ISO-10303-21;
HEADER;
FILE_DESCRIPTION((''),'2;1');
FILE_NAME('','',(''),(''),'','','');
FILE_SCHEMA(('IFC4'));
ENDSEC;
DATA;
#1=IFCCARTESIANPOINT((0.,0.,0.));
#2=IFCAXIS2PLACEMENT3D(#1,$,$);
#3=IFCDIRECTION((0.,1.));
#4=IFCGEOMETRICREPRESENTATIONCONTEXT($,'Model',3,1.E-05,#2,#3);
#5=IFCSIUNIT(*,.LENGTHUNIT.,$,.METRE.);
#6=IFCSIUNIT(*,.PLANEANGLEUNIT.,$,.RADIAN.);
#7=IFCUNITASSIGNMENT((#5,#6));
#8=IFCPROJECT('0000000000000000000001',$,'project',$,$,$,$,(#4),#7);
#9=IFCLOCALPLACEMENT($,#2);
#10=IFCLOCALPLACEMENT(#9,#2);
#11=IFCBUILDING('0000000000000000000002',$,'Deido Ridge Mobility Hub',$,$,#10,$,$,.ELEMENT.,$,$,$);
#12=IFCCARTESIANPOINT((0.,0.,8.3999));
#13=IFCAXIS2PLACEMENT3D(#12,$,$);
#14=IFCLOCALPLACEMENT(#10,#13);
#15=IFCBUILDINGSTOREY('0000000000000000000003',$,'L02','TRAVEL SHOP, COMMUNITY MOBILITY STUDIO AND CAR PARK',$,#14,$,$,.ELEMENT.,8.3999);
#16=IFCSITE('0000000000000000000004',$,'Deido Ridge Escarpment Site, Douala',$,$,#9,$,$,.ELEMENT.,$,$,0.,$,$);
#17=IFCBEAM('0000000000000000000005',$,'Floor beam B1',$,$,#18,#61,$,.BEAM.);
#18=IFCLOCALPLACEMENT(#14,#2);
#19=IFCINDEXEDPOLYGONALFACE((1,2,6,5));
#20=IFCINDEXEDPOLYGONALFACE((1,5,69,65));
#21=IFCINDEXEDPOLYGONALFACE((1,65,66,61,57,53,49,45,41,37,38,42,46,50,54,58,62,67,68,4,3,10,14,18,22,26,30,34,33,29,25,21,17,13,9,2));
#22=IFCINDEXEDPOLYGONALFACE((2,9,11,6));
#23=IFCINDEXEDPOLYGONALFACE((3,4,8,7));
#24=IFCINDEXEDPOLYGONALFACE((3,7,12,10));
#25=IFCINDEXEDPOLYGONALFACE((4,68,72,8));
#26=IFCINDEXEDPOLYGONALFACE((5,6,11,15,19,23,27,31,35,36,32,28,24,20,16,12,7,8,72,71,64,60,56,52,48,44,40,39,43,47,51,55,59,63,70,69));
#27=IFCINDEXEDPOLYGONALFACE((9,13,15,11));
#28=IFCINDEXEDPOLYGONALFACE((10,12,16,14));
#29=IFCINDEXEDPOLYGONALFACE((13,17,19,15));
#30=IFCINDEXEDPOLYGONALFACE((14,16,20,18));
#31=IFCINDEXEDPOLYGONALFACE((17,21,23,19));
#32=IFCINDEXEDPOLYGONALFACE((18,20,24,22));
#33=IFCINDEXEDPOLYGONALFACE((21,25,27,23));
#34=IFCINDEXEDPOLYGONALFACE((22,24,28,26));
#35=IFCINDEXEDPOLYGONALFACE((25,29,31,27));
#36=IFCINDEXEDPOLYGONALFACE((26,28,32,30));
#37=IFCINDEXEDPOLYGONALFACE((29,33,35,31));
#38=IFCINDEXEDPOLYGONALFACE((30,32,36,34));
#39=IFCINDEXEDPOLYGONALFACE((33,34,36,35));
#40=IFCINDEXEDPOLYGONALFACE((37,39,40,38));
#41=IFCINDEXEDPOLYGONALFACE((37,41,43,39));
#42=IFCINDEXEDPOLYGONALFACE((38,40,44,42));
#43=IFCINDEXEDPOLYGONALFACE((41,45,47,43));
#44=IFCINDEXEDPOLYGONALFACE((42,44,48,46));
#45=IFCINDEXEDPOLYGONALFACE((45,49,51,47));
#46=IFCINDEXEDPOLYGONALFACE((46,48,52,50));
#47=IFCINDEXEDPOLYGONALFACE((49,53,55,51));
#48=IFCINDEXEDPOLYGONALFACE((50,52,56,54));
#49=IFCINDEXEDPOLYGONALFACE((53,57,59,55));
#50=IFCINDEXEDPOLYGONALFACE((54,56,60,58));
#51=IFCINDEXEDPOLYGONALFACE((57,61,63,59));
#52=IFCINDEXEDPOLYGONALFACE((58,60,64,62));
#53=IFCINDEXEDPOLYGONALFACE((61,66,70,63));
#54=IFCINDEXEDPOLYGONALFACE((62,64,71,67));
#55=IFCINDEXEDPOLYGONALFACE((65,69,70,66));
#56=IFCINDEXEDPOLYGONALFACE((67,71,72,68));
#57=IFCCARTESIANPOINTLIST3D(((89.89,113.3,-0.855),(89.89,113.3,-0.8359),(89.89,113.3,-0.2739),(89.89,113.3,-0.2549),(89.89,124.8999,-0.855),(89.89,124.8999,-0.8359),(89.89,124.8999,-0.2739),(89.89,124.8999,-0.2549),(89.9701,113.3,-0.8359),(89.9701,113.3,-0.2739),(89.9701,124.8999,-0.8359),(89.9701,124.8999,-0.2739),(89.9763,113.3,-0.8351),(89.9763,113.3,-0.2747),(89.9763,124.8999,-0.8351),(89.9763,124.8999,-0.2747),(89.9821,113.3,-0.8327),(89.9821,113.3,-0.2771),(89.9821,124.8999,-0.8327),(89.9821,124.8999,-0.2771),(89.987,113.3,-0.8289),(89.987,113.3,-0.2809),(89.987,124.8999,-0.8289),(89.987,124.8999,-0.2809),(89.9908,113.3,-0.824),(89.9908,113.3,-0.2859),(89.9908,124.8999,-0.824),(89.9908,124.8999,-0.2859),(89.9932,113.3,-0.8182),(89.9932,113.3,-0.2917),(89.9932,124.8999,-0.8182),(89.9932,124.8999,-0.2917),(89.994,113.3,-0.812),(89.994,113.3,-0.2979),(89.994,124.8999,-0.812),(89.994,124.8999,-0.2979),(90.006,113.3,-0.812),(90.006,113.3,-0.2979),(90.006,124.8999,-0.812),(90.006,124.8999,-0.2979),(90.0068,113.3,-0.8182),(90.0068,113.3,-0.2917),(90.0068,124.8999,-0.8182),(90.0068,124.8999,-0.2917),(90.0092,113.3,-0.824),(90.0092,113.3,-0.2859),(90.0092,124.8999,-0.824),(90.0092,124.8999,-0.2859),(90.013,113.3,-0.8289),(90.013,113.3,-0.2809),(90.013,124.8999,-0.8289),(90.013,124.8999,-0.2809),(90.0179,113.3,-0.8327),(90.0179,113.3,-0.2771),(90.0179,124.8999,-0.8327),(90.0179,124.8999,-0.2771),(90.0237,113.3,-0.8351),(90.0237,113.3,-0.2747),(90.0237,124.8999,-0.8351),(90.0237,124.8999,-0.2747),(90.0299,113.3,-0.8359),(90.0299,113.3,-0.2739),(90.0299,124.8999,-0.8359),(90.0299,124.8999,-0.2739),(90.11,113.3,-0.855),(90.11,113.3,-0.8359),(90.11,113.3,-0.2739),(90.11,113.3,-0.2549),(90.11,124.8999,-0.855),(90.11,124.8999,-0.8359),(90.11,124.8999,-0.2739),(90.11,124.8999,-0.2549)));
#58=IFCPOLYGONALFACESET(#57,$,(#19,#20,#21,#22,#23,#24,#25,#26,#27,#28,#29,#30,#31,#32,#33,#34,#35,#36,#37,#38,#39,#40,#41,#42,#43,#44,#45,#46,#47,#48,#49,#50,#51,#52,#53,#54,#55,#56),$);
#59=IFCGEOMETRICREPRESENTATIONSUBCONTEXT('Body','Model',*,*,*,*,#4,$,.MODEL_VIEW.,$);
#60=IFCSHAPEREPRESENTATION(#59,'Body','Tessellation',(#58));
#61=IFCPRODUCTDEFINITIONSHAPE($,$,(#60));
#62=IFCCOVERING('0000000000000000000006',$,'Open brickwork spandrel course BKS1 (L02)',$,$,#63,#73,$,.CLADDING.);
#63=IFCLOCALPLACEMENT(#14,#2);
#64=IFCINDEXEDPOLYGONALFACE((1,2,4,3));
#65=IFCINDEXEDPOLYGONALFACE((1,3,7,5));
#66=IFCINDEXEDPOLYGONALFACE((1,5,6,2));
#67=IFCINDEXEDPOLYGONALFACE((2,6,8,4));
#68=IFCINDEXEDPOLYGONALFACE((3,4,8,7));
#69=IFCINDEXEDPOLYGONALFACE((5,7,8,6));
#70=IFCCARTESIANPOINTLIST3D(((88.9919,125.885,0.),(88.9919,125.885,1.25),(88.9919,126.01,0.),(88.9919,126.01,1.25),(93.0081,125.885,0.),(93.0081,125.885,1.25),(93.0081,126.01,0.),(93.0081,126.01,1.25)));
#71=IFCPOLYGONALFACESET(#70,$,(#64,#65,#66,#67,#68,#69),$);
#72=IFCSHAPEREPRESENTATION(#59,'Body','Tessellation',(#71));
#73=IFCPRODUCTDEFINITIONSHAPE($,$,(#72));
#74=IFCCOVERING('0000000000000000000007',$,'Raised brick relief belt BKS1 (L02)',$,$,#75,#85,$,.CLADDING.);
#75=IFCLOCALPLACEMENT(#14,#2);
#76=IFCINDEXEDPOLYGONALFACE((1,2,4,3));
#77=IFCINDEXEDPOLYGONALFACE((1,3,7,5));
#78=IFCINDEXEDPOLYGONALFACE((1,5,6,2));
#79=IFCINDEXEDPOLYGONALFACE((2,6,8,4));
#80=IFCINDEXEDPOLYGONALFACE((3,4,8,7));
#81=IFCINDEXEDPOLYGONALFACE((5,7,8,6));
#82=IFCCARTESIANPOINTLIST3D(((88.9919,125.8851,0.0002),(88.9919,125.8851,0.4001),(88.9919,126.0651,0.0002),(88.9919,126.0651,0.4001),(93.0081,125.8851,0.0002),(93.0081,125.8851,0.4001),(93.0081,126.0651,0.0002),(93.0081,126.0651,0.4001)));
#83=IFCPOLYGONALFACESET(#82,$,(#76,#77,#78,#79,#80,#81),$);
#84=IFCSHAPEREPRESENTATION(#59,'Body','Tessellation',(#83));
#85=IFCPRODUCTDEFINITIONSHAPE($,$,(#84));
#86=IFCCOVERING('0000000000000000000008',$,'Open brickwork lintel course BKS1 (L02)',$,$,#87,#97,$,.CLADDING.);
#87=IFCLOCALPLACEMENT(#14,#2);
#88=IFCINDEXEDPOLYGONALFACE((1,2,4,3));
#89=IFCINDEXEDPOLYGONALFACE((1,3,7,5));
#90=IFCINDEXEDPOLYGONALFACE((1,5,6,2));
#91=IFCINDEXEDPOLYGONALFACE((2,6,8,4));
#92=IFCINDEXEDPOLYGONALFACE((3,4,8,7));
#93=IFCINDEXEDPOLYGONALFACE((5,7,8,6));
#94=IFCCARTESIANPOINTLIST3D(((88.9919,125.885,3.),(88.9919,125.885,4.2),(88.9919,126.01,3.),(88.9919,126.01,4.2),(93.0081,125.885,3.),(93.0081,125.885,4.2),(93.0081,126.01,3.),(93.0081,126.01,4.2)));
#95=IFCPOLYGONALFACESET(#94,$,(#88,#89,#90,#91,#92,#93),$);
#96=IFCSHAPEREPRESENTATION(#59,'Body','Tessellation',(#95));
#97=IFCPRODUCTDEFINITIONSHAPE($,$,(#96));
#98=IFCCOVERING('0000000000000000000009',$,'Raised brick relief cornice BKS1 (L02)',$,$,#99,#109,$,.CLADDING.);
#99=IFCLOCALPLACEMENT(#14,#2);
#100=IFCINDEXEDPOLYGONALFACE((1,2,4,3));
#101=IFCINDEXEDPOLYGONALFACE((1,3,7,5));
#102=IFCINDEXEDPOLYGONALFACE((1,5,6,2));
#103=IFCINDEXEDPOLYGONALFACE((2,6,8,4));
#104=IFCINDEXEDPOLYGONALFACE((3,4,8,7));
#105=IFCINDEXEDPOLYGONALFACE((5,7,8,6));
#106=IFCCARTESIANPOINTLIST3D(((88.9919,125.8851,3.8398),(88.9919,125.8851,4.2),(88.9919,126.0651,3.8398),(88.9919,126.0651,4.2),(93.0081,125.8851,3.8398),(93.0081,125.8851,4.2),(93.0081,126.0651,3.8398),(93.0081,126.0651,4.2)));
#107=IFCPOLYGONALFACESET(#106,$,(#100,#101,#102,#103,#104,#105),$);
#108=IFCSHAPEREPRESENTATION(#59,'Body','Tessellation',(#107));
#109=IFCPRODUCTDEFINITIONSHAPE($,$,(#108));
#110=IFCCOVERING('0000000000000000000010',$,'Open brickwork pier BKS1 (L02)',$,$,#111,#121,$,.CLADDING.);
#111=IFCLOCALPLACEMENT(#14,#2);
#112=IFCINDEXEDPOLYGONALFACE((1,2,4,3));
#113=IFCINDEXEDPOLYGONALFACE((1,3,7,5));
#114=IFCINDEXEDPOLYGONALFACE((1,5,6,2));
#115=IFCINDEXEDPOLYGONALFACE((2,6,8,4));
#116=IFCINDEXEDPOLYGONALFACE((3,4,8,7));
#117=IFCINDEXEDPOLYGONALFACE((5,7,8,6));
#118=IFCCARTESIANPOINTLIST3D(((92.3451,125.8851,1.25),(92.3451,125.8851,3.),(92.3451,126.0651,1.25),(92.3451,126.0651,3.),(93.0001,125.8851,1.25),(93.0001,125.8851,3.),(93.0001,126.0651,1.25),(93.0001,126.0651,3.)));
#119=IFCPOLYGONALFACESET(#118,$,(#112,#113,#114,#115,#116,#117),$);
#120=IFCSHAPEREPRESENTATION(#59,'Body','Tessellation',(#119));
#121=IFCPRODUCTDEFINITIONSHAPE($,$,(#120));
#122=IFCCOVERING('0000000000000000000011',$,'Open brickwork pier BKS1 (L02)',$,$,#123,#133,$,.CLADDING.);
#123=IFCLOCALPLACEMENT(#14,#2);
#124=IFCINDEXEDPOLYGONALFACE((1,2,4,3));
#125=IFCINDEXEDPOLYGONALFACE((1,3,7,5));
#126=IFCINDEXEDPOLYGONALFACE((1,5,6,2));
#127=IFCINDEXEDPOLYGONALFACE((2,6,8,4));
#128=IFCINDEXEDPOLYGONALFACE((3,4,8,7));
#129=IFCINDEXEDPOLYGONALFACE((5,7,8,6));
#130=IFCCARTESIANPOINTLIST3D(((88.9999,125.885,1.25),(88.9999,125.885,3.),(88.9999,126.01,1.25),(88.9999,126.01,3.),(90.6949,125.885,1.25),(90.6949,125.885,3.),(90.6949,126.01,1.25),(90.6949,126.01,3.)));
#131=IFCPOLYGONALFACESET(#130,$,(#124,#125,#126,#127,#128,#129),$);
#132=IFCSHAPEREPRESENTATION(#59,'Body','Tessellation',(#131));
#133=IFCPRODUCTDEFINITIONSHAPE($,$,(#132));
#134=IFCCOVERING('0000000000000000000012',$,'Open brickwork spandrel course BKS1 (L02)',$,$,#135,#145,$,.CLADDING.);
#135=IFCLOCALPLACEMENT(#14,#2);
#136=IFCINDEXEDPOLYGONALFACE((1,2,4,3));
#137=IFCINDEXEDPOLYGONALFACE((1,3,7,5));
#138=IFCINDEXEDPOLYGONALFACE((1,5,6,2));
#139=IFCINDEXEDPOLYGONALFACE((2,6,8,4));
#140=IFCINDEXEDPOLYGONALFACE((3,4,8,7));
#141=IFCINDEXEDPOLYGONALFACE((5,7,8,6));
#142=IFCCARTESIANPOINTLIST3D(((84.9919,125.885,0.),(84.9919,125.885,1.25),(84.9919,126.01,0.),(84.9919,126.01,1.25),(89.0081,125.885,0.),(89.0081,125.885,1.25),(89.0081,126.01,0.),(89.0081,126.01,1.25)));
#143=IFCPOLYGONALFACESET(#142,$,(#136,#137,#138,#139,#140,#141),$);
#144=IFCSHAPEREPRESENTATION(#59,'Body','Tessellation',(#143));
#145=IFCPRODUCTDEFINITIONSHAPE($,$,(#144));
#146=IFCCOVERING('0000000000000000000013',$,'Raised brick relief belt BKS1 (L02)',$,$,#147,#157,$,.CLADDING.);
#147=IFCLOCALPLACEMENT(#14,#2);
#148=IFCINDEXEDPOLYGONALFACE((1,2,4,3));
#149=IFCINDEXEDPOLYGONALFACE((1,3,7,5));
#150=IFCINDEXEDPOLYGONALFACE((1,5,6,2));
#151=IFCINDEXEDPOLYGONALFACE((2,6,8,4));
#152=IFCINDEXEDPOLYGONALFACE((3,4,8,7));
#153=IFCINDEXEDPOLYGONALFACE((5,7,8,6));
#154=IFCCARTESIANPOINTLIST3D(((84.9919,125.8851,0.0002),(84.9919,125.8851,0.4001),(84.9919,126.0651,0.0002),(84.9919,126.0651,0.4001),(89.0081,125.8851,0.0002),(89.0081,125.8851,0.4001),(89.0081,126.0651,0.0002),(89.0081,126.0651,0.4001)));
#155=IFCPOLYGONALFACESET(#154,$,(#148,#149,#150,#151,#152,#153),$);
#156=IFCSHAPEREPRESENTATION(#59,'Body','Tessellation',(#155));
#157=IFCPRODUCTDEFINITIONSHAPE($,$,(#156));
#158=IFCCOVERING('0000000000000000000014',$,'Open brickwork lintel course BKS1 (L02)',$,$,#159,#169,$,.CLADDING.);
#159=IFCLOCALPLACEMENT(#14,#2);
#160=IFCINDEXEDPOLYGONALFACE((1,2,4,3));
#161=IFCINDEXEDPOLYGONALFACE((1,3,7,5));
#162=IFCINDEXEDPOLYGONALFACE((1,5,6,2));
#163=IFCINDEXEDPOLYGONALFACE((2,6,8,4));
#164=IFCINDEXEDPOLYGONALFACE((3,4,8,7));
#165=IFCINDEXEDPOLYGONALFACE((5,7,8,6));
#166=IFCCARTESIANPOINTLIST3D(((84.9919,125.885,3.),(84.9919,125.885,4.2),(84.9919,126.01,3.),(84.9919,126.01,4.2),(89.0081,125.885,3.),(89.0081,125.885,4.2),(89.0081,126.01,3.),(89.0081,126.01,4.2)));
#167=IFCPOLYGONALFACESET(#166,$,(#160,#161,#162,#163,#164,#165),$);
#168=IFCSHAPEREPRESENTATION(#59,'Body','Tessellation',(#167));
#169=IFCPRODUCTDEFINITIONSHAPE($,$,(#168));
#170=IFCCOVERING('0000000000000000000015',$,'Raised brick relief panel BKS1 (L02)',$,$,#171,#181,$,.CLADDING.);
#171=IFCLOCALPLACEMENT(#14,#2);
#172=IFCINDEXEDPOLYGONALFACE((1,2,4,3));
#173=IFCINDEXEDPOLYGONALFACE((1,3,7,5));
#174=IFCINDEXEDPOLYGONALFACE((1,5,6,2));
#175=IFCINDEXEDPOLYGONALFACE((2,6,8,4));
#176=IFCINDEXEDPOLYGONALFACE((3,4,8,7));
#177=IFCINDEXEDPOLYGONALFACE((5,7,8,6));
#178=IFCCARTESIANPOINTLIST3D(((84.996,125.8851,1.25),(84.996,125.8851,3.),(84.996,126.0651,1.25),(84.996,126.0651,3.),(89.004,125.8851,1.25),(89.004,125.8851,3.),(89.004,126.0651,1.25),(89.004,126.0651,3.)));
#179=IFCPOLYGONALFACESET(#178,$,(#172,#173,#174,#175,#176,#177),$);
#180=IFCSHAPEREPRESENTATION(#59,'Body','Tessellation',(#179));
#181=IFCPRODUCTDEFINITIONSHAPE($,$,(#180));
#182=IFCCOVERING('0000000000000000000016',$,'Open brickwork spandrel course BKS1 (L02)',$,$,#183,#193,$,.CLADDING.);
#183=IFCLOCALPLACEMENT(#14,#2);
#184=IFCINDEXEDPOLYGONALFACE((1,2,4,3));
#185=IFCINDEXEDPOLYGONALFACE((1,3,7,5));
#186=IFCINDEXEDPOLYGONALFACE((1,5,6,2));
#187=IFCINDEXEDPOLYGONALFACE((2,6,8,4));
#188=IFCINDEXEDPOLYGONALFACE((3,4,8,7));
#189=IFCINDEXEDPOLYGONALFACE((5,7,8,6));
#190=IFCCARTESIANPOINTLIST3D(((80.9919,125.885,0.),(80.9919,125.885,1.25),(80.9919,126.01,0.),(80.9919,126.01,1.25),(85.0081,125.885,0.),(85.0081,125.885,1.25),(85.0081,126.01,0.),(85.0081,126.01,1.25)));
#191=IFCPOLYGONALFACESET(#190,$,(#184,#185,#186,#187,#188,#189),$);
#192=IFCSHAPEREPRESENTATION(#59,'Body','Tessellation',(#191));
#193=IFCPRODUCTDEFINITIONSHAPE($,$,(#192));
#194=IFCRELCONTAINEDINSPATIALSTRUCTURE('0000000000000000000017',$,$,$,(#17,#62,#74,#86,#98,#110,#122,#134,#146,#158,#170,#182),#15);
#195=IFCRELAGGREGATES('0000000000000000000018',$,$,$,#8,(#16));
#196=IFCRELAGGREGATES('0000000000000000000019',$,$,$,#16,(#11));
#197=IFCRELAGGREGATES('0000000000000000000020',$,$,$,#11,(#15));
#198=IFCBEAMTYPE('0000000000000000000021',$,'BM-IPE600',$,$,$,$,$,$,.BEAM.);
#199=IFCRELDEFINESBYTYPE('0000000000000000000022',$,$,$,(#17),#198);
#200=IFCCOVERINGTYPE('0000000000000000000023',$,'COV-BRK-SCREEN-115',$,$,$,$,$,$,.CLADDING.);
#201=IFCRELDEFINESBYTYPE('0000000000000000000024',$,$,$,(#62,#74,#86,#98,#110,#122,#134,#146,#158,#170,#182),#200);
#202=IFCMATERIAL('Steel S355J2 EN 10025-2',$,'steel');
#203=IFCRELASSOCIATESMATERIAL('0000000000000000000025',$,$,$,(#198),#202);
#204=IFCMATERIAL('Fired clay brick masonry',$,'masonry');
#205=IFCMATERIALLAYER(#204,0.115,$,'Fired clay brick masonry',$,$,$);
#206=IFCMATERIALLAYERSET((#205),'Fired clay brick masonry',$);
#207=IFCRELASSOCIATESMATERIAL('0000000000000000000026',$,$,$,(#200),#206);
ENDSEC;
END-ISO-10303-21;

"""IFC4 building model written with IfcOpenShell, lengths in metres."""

from ifc_helpers import new_model, si_unit, direction, frame, origin, origin_2d, place, context, subcontext, project, spatial, rectangle, i_section, extrude, material, layer, layer_set, material_profile, profile_set, type_object, element, save


model = new_model("IFC4")

# Units and contexts
model_context = context("Model", 3, precision=1e-05, world=origin(), true_north=direction((0.0, 1.0)))
body_context = subcontext(model_context, "Body", "Model", "MODEL_VIEW")
ifc_project = project(units=[si_unit("LENGTHUNIT", "METRE"), si_unit("PLANEANGLEUNIT", "RADIAN")], contexts=[model_context])

# Site, building, storey
site_placement = place(None, origin())
site = spatial("IfcSite", under=ifc_project, at=site_placement, Name="Deido Ridge Escarpment Site, Douala", CompositionType="ELEMENT", RefElevation=0.0)
building_placement = place(site_placement, origin())
building = spatial("IfcBuilding", under=site, at=building_placement, Name="Deido Ridge Mobility Hub", CompositionType="ELEMENT")
storey_placement = place(building_placement, frame((0.0, 0.0, 8.3999)))
storey = spatial("IfcBuildingStorey", under=building, at=storey_placement, Name="L02", Description="TRAVEL SHOP, COMMUNITY MOBILITY STUDIO AND CAR PARK", CompositionType="ELEMENT", Elevation=8.3999)

# Shared definitions
ifc_material_1 = material(Name="Steel S355J2 EN 10025-2", Category="steel")

# Beam
ifc_material_profile_1 = material_profile(ifc_material_1, i_section(OverallWidth=0.22, OverallDepth=0.6001, WebThickness=0.012, FlangeThickness=0.019, FilletRadius=0.0239, at=origin_2d()), Name="IPE 600")
ifc_profile_set_1 = profile_set([ifc_material_profile_1], Name="Steel S355J2 EN 10025-2")
beam_type_1 = type_object("IfcBeamType", Name="BM-IPE600", PredefinedType="BEAM", material=ifc_profile_set_1)
for number, where, z_axis, x_axis, name in (
    (1, (90.0, 113.3, -0.5549), (0.0, 1.0, 0.0), (-1.0, 0.0, 0.0), "Floor beam B1"),
):
    element("IfcBeam", number, at=place(storey_placement, frame(where, z_axis=z_axis, x_axis=x_axis)), inside=storey, type_object=beam_type_1, Name=name, PredefinedType="BEAM", context=body_context, shape_type="SweptSolid", body=[
        extrude(i_section(OverallWidth=0.22, OverallDepth=0.6001, WebThickness=0.012, FlangeThickness=0.019, FilletRadius=0.0239, at=origin_2d()), origin(), (0.0, 0.0, 1.0), 11.5999),
    ])

# Coverings
ifc_material_2 = material(Name="Fired clay brick masonry", Category="masonry")
ifc_layer = layer(ifc_material_2, 0.115, Name="Fired clay brick masonry")
ifc_layer_set = layer_set([ifc_layer], Name="Fired clay brick masonry")
covering_type = type_object("IfcCoveringType", Name="COV-BRK-SCREEN-115", PredefinedType="CLADDING", material=ifc_layer_set)
covering_1_placement = place(storey_placement, frame((91.0, 125.9475, 0.0), z_axis=(0.0, 0.0, 1.0), x_axis=(-1.0, 0.0, 0.0)))
element("IfcCovering", 2, at=covering_1_placement, inside=storey, type_object=covering_type, Name="Open brickwork spandrel course BKS1 (L02)", PredefinedType="CLADDING", context=body_context, shape_type="SweptSolid", body=[
    extrude(rectangle(XDim=4.0161, YDim=0.125, at=origin_2d()), origin(), (0.0, 0.0, 1.0), 1.25),
])
covering_2_placement = place(storey_placement, frame((91.0, 125.9751, 0.0002), z_axis=(0.0, 0.0, 1.0), x_axis=(-1.0, 0.0, 0.0)))
element("IfcCovering", 3, at=covering_2_placement, inside=storey, type_object=covering_type, Name="Raised brick relief belt BKS1 (L02)", PredefinedType="CLADDING", context=body_context, shape_type="SweptSolid", body=[
    extrude(rectangle(XDim=4.0161, YDim=0.1799, at=origin_2d()), origin(), (0.0, 0.0, 1.0), 0.3999),
])
covering_3_placement = place(storey_placement, frame((91.0, 125.9475, 3.0), z_axis=(0.0, 0.0, 1.0), x_axis=(-1.0, 0.0, 0.0)))
element("IfcCovering", 4, at=covering_3_placement, inside=storey, type_object=covering_type, Name="Open brickwork lintel course BKS1 (L02)", PredefinedType="CLADDING", context=body_context, shape_type="SweptSolid", body=[
    extrude(rectangle(XDim=4.0161, YDim=0.125, at=origin_2d()), origin(), (0.0, 0.0, 1.0), 1.2),
])
covering_4_placement = place(storey_placement, frame((91.0, 125.9751, 3.8398), z_axis=(0.0, 0.0, 1.0), x_axis=(-1.0, 0.0, 0.0)))
element("IfcCovering", 5, at=covering_4_placement, inside=storey, type_object=covering_type, Name="Raised brick relief cornice BKS1 (L02)", PredefinedType="CLADDING", context=body_context, shape_type="SweptSolid", body=[
    extrude(rectangle(XDim=4.0161, YDim=0.1799, at=origin_2d()), origin(), (0.0, 0.0, 1.0), 0.3601),
])
covering_5_placement = place(storey_placement, frame((92.6726, 125.9751, 1.25), z_axis=(0.0, 0.0, 1.0), x_axis=(-1.0, 0.0, 0.0)))
element("IfcCovering", 6, at=covering_5_placement, inside=storey, type_object=covering_type, Name="Open brickwork pier BKS1 (L02)", PredefinedType="CLADDING", context=body_context, shape_type="SweptSolid", body=[
    extrude(rectangle(XDim=0.655, YDim=0.1799, at=origin_2d()), origin(), (0.0, 0.0, 1.0), 1.75),
])
covering_6_placement = place(storey_placement, frame((89.8474, 125.9475, 1.25), z_axis=(0.0, 0.0, 1.0), x_axis=(-1.0, 0.0, 0.0)))
element("IfcCovering", 7, at=covering_6_placement, inside=storey, type_object=covering_type, Name="Open brickwork pier BKS1 (L02)", PredefinedType="CLADDING", context=body_context, shape_type="SweptSolid", body=[
    extrude(rectangle(XDim=1.6951, YDim=0.125, at=origin_2d()), origin(), (0.0, 0.0, 1.0), 1.75),
])
covering_7_placement = place(storey_placement, frame((87.0, 125.9475, 0.0), z_axis=(0.0, 0.0, 1.0), x_axis=(-1.0, 0.0, 0.0)))
element("IfcCovering", 8, at=covering_7_placement, inside=storey, type_object=covering_type, Name="Open brickwork spandrel course BKS1 (L02)", PredefinedType="CLADDING", context=body_context, shape_type="SweptSolid", body=[
    extrude(rectangle(XDim=4.0161, YDim=0.125, at=origin_2d()), origin(), (0.0, 0.0, 1.0), 1.25),
])
covering_8_placement = place(storey_placement, frame((87.0, 125.9751, 0.0002), z_axis=(0.0, 0.0, 1.0), x_axis=(-1.0, 0.0, 0.0)))
element("IfcCovering", 9, at=covering_8_placement, inside=storey, type_object=covering_type, Name="Raised brick relief belt BKS1 (L02)", PredefinedType="CLADDING", context=body_context, shape_type="SweptSolid", body=[
    extrude(rectangle(XDim=4.0161, YDim=0.1799, at=origin_2d()), origin(), (0.0, 0.0, 1.0), 0.3999),
])
covering_9_placement = place(storey_placement, frame((87.0, 125.9475, 3.0), z_axis=(0.0, 0.0, 1.0), x_axis=(-1.0, 0.0, 0.0)))
element("IfcCovering", 10, at=covering_9_placement, inside=storey, type_object=covering_type, Name="Open brickwork lintel course BKS1 (L02)", PredefinedType="CLADDING", context=body_context, shape_type="SweptSolid", body=[
    extrude(rectangle(XDim=4.0161, YDim=0.125, at=origin_2d()), origin(), (0.0, 0.0, 1.0), 1.2),
])
covering_10_placement = place(storey_placement, frame((87.0, 125.9751, 1.25), z_axis=(0.0, 0.0, 1.0), x_axis=(-1.0, 0.0, 0.0)))
element("IfcCovering", 11, at=covering_10_placement, inside=storey, type_object=covering_type, Name="Raised brick relief panel BKS1 (L02)", PredefinedType="CLADDING", context=body_context, shape_type="SweptSolid", body=[
    extrude(rectangle(XDim=4.0081, YDim=0.1799, at=origin_2d()), origin(), (0.0, 0.0, 1.0), 1.75),
])
covering_11_placement = place(storey_placement, frame((83.0, 125.9475, 0.0), z_axis=(0.0, 0.0, 1.0), x_axis=(-1.0, 0.0, 0.0)))
element("IfcCovering", 12, at=covering_11_placement, inside=storey, type_object=covering_type, Name="Open brickwork spandrel course BKS1 (L02)", PredefinedType="CLADDING", context=body_context, shape_type="SweptSolid", body=[
    extrude(rectangle(XDim=4.0161, YDim=0.125, at=origin_2d()), origin(), (0.0, 0.0, 1.0), 1.25),
])

save(model, "model.ifc")
